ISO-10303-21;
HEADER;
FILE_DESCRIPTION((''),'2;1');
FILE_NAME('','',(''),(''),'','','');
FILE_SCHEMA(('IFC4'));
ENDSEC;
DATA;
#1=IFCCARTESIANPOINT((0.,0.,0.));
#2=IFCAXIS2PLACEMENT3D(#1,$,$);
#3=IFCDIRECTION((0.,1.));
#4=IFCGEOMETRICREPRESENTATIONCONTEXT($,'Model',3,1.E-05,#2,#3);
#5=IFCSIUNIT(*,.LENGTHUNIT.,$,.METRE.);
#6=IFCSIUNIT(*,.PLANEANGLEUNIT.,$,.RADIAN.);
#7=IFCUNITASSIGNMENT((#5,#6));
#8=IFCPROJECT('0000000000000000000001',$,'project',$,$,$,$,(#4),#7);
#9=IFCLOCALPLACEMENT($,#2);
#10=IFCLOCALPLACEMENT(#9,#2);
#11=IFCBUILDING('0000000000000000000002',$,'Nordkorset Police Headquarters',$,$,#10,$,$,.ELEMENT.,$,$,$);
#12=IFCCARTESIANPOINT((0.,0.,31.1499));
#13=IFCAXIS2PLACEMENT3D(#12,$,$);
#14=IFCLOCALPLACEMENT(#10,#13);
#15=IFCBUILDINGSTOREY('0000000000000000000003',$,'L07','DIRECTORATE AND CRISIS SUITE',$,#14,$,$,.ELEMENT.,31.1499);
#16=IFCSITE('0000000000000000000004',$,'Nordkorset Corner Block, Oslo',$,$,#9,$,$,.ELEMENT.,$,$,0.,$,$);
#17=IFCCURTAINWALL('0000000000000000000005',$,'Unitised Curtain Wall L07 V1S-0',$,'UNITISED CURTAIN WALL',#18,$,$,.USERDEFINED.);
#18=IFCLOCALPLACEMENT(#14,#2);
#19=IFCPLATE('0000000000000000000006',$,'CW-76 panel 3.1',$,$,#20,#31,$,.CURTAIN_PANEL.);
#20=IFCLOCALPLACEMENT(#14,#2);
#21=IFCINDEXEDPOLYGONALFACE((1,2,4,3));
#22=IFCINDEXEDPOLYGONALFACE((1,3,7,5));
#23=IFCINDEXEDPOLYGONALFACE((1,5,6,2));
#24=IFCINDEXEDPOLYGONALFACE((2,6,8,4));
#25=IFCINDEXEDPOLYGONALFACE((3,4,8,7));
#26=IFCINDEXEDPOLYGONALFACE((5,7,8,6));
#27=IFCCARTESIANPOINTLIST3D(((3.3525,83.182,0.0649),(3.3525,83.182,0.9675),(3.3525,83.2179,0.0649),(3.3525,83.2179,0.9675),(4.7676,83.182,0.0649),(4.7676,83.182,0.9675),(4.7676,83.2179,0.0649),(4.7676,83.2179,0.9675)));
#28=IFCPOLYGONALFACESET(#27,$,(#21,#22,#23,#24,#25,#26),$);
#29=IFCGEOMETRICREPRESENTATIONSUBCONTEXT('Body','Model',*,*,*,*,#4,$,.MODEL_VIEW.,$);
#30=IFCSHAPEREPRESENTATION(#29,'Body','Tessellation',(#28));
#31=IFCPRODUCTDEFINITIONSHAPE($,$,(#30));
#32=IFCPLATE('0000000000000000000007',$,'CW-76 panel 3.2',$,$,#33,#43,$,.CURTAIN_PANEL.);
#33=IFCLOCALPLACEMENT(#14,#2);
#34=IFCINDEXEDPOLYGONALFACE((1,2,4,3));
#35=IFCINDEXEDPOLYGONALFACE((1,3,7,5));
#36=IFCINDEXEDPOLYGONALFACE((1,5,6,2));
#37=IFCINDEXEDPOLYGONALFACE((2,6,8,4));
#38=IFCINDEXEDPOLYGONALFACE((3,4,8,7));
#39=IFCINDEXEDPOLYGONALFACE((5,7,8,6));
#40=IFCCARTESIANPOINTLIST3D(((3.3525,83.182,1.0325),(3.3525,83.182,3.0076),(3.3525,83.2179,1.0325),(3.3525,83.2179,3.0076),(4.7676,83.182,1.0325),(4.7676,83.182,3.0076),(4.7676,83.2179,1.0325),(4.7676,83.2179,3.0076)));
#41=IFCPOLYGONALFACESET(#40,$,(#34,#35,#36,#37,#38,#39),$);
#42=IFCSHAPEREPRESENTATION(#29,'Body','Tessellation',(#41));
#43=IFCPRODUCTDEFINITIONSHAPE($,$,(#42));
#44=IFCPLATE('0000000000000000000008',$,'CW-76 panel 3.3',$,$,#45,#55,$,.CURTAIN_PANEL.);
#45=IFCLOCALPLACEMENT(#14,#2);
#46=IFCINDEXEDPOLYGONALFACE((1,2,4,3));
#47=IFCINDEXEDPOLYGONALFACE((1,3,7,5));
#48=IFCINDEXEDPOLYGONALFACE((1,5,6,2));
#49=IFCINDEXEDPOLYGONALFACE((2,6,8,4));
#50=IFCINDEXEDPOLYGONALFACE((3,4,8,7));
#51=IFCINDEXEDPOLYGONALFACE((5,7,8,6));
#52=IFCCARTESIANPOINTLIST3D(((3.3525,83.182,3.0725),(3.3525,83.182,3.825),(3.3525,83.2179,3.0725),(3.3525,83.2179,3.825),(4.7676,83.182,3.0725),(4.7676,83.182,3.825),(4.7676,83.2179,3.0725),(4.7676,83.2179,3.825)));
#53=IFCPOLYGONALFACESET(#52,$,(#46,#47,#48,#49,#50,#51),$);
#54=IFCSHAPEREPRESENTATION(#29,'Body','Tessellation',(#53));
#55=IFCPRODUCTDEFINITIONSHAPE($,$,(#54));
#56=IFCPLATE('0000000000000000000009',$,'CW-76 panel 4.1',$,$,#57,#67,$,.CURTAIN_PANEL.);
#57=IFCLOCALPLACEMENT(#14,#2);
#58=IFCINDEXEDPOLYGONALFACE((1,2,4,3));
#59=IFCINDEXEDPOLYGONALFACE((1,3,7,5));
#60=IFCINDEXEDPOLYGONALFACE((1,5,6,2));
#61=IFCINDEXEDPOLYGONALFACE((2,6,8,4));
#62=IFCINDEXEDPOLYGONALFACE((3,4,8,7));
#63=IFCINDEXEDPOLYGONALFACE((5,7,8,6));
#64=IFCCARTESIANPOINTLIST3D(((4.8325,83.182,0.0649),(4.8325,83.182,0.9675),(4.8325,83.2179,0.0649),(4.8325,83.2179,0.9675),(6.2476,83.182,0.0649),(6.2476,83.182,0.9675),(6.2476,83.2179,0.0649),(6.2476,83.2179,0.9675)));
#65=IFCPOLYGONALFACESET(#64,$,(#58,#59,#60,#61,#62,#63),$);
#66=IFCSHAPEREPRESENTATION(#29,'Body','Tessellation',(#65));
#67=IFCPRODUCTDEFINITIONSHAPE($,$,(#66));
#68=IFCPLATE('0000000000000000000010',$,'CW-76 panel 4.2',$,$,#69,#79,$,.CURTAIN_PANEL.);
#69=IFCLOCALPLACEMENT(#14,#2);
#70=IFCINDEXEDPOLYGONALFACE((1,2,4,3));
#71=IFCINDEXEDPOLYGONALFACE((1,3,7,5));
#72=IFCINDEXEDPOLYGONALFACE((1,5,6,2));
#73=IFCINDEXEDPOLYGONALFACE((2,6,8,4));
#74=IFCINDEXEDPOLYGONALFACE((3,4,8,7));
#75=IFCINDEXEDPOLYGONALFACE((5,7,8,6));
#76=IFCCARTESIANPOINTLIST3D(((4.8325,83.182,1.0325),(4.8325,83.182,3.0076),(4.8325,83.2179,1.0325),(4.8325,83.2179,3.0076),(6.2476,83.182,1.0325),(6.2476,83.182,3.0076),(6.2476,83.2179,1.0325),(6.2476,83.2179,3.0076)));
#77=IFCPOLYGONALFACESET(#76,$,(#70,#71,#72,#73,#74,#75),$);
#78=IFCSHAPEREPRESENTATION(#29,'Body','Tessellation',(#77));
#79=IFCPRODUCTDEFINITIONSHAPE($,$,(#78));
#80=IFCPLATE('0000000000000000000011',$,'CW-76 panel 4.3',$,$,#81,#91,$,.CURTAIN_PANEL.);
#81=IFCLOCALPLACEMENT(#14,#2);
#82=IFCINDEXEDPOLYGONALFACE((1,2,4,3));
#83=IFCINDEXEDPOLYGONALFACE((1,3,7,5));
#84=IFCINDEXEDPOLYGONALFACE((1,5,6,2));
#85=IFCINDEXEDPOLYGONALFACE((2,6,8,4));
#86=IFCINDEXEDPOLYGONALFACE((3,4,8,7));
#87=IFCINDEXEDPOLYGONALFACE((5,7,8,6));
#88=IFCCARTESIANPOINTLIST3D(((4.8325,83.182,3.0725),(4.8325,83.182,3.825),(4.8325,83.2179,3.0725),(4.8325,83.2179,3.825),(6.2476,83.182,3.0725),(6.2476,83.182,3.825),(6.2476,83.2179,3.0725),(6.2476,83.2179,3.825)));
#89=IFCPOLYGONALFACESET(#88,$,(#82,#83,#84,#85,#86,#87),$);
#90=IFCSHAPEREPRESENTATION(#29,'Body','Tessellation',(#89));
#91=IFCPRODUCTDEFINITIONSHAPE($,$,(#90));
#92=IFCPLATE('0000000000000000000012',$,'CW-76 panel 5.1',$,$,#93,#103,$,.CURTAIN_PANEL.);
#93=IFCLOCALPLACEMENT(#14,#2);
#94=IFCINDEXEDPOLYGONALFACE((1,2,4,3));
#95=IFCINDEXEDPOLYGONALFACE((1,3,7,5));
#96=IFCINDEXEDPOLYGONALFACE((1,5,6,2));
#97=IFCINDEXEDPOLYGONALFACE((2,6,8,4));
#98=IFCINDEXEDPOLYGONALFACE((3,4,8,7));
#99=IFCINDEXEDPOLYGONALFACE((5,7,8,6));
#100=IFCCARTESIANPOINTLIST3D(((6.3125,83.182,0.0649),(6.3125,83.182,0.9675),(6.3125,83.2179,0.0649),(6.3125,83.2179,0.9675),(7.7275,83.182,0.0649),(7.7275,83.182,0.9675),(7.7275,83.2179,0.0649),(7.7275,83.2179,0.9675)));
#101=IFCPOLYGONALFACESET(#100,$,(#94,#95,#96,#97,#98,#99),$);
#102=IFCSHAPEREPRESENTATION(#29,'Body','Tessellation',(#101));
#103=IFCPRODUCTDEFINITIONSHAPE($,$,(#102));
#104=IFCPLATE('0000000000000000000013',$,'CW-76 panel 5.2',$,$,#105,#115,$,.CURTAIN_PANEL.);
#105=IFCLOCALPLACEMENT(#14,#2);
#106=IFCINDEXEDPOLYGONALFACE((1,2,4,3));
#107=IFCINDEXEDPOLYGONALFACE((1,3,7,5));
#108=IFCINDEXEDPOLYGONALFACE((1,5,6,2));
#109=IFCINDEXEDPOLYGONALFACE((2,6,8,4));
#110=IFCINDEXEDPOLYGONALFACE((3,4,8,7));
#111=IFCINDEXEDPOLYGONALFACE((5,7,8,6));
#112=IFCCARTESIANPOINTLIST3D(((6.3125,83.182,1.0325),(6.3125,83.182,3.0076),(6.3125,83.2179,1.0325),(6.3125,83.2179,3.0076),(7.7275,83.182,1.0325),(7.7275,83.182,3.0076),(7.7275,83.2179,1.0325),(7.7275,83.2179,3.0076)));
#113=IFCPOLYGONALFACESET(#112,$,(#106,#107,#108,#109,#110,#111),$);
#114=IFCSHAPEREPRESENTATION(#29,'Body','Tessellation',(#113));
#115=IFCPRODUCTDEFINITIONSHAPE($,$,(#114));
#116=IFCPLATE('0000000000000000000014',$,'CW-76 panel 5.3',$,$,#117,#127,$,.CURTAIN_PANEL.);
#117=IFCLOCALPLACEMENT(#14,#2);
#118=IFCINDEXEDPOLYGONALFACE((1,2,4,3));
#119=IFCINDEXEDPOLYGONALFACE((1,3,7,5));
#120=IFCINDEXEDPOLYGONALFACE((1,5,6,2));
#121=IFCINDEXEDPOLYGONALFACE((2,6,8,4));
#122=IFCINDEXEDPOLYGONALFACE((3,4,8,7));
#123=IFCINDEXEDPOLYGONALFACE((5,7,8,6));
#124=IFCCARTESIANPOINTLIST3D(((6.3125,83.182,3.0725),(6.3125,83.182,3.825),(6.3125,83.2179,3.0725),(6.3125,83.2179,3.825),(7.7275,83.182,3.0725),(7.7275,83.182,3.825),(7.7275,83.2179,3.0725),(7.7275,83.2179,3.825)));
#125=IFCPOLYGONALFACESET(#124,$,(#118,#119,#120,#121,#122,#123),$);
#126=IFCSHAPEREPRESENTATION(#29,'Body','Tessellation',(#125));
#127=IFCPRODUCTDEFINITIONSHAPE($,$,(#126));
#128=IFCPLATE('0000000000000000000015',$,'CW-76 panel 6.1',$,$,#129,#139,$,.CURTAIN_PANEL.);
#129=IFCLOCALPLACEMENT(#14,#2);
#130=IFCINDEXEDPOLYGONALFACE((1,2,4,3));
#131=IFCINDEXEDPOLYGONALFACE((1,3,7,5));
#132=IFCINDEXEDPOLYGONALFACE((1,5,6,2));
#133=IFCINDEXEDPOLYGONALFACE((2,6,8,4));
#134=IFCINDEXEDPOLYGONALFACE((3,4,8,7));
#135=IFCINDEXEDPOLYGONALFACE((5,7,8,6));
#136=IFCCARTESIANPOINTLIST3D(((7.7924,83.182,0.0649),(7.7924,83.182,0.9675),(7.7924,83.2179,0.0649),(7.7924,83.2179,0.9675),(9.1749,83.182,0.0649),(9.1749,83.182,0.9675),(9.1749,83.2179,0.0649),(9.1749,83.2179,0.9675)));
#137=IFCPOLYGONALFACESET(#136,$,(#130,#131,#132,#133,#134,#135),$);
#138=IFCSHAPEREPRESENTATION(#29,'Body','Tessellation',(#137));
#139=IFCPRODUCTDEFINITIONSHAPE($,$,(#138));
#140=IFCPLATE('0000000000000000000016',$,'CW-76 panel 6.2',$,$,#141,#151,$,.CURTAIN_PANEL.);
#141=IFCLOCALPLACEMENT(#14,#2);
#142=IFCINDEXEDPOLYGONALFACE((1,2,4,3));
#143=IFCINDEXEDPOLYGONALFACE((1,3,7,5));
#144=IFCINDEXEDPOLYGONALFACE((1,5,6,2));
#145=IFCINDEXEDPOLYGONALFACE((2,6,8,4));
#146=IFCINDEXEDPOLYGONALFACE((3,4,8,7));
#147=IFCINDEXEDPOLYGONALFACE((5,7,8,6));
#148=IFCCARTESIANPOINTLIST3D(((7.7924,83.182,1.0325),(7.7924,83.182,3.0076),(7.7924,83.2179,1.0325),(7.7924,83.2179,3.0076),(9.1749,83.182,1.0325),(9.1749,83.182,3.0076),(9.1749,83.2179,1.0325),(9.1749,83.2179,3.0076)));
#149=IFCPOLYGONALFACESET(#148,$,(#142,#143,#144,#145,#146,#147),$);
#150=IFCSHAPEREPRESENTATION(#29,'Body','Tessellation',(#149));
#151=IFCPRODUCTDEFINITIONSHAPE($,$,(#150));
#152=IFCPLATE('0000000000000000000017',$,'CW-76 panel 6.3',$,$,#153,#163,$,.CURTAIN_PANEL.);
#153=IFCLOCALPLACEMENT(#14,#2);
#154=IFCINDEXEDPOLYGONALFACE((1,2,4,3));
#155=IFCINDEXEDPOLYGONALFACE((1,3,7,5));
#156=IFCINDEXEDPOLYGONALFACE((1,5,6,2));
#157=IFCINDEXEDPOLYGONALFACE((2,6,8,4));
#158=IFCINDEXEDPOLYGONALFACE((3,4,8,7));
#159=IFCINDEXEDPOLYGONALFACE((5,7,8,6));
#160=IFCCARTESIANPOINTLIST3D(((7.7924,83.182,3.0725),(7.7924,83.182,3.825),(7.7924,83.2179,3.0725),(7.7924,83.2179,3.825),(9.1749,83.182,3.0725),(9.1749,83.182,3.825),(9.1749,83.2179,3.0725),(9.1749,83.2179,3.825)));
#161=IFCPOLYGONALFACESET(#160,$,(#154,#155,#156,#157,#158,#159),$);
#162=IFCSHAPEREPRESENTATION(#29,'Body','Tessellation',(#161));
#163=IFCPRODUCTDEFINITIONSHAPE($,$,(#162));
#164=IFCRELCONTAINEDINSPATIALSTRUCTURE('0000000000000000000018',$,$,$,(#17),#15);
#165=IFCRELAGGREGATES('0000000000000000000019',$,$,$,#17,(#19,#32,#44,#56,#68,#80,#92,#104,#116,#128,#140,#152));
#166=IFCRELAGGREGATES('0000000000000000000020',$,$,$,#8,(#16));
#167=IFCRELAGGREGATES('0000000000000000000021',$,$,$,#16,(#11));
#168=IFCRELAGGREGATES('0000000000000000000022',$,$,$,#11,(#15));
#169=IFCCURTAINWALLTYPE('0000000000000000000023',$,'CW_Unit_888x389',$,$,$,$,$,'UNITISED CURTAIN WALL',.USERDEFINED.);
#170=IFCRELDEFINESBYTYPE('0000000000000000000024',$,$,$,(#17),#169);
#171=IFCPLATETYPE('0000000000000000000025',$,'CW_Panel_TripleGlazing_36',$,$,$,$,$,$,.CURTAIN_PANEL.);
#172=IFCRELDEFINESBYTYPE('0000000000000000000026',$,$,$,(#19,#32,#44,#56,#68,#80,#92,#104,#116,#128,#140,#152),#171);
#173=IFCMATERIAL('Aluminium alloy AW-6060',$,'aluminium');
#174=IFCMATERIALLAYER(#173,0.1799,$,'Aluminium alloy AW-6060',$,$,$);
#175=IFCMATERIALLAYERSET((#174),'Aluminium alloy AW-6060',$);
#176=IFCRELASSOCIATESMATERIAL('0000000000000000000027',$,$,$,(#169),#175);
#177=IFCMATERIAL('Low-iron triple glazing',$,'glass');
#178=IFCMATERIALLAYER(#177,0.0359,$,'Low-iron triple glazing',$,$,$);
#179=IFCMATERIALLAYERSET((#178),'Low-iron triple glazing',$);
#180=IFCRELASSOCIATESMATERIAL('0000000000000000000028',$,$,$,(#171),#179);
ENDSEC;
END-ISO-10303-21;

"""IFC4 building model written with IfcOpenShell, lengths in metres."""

from ifc_helpers import new_model, si_unit, direction, frame, origin, origin_2d, place, context, subcontext, project, spatial, rectangle, extrude, material, layer, layer_set, type_object, element, aggregate, save


model = new_model("IFC4")

# Units and contexts
model_context = context("Model", 3, precision=1e-05, world=origin(), true_north=direction((0.0, 1.0)))
body_context = subcontext(model_context, "Body", "Model", "MODEL_VIEW")
ifc_project = project(units=[si_unit("LENGTHUNIT", "METRE"), si_unit("PLANEANGLEUNIT", "RADIAN")], contexts=[model_context])

# Site, building, storey
site_placement = place(None, origin())
site = spatial("IfcSite", under=ifc_project, at=site_placement, Name="Nordkorset Corner Block, Oslo", CompositionType="ELEMENT", RefElevation=0.0)
building_placement = place(site_placement, origin())
building = spatial("IfcBuilding", under=site, at=building_placement, Name="Nordkorset Police Headquarters", CompositionType="ELEMENT")
storey_placement = place(building_placement, frame((0.0, 0.0, 31.1499)))
storey = spatial("IfcBuildingStorey", under=building, at=storey_placement, Name="L07", Description="DIRECTORATE AND CRISIS SUITE", CompositionType="ELEMENT", Elevation=31.1499)

# Shared definitions
ifc_material_1 = material(Name="Aluminium alloy AW-6060", Category="aluminium")
ifc_layer_1 = layer(ifc_material_1, 0.1799, Name="Aluminium alloy AW-6060")
ifc_layer_set_1 = layer_set([ifc_layer_1], Name="Aluminium alloy AW-6060")
curtain_wall_type = type_object("IfcCurtainWallType", Name="CW_Unit_888x389", ElementType="UNITISED CURTAIN WALL", PredefinedType="USERDEFINED", material=ifc_layer_set_1)

# Curtain wall, plates
curtain_wall_1_placement = place(storey_placement, origin())
curtain_wall_1 = element("IfcCurtainWall", 1, at=curtain_wall_1_placement, inside=storey, type_object=curtain_wall_type, Name="Unitised Curtain Wall L07 V1S-0", ObjectType="UNITISED CURTAIN WALL", PredefinedType="USERDEFINED")
ifc_material_2 = material(Name="Low-iron triple glazing", Category="glass")
ifc_layer_2 = layer(ifc_material_2, 0.0359, Name="Low-iron triple glazing")
ifc_layer_set_2 = layer_set([ifc_layer_2], Name="Low-iron triple glazing")
plate_type = type_object("IfcPlateType", Name="CW_Panel_TripleGlazing_36", PredefinedType="CURTAIN_PANEL", material=ifc_layer_set_2)
plate_1_placement = place(storey_placement, frame((4.0601, 83.2, 0.0649), z_axis=(0.0, 0.0, 1.0), x_axis=(1.0, 0.0, 0.0)))
plate_1 = element("IfcPlate", 2, at=plate_1_placement, type_object=plate_type, Name="CW-76 panel 3.1", PredefinedType="CURTAIN_PANEL", context=body_context, shape_type="SweptSolid", body=[
    extrude(rectangle(XDim=1.415, YDim=0.0359, at=origin_2d()), origin(), (0.0, 0.0, 1.0), 0.9026),
])
plate_2_placement = place(storey_placement, frame((4.0601, 83.2, 1.0325), z_axis=(0.0, 0.0, 1.0), x_axis=(1.0, 0.0, 0.0)))
plate_2 = element("IfcPlate", 3, at=plate_2_placement, type_object=plate_type, Name="CW-76 panel 3.2", PredefinedType="CURTAIN_PANEL", context=body_context, shape_type="SweptSolid", body=[
    extrude(rectangle(XDim=1.415, YDim=0.0359, at=origin_2d()), origin(), (0.0, 0.0, 1.0), 1.9751),
])
plate_3_placement = place(storey_placement, frame((4.0601, 83.2, 3.0725), z_axis=(0.0, 0.0, 1.0), x_axis=(1.0, 0.0, 0.0)))
plate_3 = element("IfcPlate", 4, at=plate_3_placement, type_object=plate_type, Name="CW-76 panel 3.3", PredefinedType="CURTAIN_PANEL", context=body_context, shape_type="SweptSolid", body=[
    extrude(rectangle(XDim=1.415, YDim=0.0359, at=origin_2d()), origin(), (0.0, 0.0, 1.0), 0.7524),
])
plate_4_placement = place(storey_placement, frame((5.54, 83.2, 0.0649), z_axis=(0.0, 0.0, 1.0), x_axis=(1.0, 0.0, 0.0)))
plate_4 = element("IfcPlate", 5, at=plate_4_placement, type_object=plate_type, Name="CW-76 panel 4.1", PredefinedType="CURTAIN_PANEL", context=body_context, shape_type="SweptSolid", body=[
    extrude(rectangle(XDim=1.415, YDim=0.0359, at=origin_2d()), origin(), (0.0, 0.0, 1.0), 0.9026),
])
plate_5_placement = place(storey_placement, frame((5.54, 83.2, 1.0325), z_axis=(0.0, 0.0, 1.0), x_axis=(1.0, 0.0, 0.0)))
plate_5 = element("IfcPlate", 6, at=plate_5_placement, type_object=plate_type, Name="CW-76 panel 4.2", PredefinedType="CURTAIN_PANEL", context=body_context, shape_type="SweptSolid", body=[
    extrude(rectangle(XDim=1.415, YDim=0.0359, at=origin_2d()), origin(), (0.0, 0.0, 1.0), 1.9751),
])
plate_6_placement = place(storey_placement, frame((5.54, 83.2, 3.0725), z_axis=(0.0, 0.0, 1.0), x_axis=(1.0, 0.0, 0.0)))
plate_6 = element("IfcPlate", 7, at=plate_6_placement, type_object=plate_type, Name="CW-76 panel 4.3", PredefinedType="CURTAIN_PANEL", context=body_context, shape_type="SweptSolid", body=[
    extrude(rectangle(XDim=1.415, YDim=0.0359, at=origin_2d()), origin(), (0.0, 0.0, 1.0), 0.7524),
])
plate_7_placement = place(storey_placement, frame((7.02, 83.2, 0.0649), z_axis=(0.0, 0.0, 1.0), x_axis=(1.0, 0.0, 0.0)))
plate_7 = element("IfcPlate", 8, at=plate_7_placement, type_object=plate_type, Name="CW-76 panel 5.1", PredefinedType="CURTAIN_PANEL", context=body_context, shape_type="SweptSolid", body=[
    extrude(rectangle(XDim=1.415, YDim=0.0359, at=origin_2d()), origin(), (0.0, 0.0, 1.0), 0.9026),
])
plate_8_placement = place(storey_placement, frame((7.02, 83.2, 1.0325), z_axis=(0.0, 0.0, 1.0), x_axis=(1.0, 0.0, 0.0)))
plate_8 = element("IfcPlate", 9, at=plate_8_placement, type_object=plate_type, Name="CW-76 panel 5.2", PredefinedType="CURTAIN_PANEL", context=body_context, shape_type="SweptSolid", body=[
    extrude(rectangle(XDim=1.415, YDim=0.0359, at=origin_2d()), origin(), (0.0, 0.0, 1.0), 1.9751),
])
plate_9_placement = place(storey_placement, frame((7.02, 83.2, 3.0725), z_axis=(0.0, 0.0, 1.0), x_axis=(1.0, 0.0, 0.0)))
plate_9 = element("IfcPlate", 10, at=plate_9_placement, type_object=plate_type, Name="CW-76 panel 5.3", PredefinedType="CURTAIN_PANEL", context=body_context, shape_type="SweptSolid", body=[
    extrude(rectangle(XDim=1.415, YDim=0.0359, at=origin_2d()), origin(), (0.0, 0.0, 1.0), 0.7524),
])
plate_10_placement = place(storey_placement, frame((8.4836, 83.2, 0.0649), z_axis=(0.0, 0.0, 1.0), x_axis=(1.0, 0.0, 0.0)))
plate_10 = element("IfcPlate", 11, at=plate_10_placement, type_object=plate_type, Name="CW-76 panel 6.1", PredefinedType="CURTAIN_PANEL", context=body_context, shape_type="SweptSolid", body=[
    extrude(rectangle(XDim=1.3826, YDim=0.0359, at=origin_2d()), origin(), (0.0, 0.0, 1.0), 0.9026),
])
plate_11_placement = place(storey_placement, frame((8.4836, 83.2, 1.0325), z_axis=(0.0, 0.0, 1.0), x_axis=(1.0, 0.0, 0.0)))
plate_11 = element("IfcPlate", 12, at=plate_11_placement, type_object=plate_type, Name="CW-76 panel 6.2", PredefinedType="CURTAIN_PANEL", context=body_context, shape_type="SweptSolid", body=[
    extrude(rectangle(XDim=1.3826, YDim=0.0359, at=origin_2d()), origin(), (0.0, 0.0, 1.0), 1.9751),
])
plate_12_placement = place(storey_placement, frame((8.4836, 83.2, 3.0725), z_axis=(0.0, 0.0, 1.0), x_axis=(1.0, 0.0, 0.0)))
plate_12 = element("IfcPlate", 13, at=plate_12_placement, type_object=plate_type, Name="CW-76 panel 6.3", PredefinedType="CURTAIN_PANEL", context=body_context, shape_type="SweptSolid", body=[
    extrude(rectangle(XDim=1.3826, YDim=0.0359, at=origin_2d()), origin(), (0.0, 0.0, 1.0), 0.7524),
])
aggregate(curtain_wall_1, [plate_1, plate_2, plate_3, plate_4, plate_5, plate_6, plate_7, plate_8, plate_9, plate_10, plate_11, plate_12])

save(model, "model.ifc")
